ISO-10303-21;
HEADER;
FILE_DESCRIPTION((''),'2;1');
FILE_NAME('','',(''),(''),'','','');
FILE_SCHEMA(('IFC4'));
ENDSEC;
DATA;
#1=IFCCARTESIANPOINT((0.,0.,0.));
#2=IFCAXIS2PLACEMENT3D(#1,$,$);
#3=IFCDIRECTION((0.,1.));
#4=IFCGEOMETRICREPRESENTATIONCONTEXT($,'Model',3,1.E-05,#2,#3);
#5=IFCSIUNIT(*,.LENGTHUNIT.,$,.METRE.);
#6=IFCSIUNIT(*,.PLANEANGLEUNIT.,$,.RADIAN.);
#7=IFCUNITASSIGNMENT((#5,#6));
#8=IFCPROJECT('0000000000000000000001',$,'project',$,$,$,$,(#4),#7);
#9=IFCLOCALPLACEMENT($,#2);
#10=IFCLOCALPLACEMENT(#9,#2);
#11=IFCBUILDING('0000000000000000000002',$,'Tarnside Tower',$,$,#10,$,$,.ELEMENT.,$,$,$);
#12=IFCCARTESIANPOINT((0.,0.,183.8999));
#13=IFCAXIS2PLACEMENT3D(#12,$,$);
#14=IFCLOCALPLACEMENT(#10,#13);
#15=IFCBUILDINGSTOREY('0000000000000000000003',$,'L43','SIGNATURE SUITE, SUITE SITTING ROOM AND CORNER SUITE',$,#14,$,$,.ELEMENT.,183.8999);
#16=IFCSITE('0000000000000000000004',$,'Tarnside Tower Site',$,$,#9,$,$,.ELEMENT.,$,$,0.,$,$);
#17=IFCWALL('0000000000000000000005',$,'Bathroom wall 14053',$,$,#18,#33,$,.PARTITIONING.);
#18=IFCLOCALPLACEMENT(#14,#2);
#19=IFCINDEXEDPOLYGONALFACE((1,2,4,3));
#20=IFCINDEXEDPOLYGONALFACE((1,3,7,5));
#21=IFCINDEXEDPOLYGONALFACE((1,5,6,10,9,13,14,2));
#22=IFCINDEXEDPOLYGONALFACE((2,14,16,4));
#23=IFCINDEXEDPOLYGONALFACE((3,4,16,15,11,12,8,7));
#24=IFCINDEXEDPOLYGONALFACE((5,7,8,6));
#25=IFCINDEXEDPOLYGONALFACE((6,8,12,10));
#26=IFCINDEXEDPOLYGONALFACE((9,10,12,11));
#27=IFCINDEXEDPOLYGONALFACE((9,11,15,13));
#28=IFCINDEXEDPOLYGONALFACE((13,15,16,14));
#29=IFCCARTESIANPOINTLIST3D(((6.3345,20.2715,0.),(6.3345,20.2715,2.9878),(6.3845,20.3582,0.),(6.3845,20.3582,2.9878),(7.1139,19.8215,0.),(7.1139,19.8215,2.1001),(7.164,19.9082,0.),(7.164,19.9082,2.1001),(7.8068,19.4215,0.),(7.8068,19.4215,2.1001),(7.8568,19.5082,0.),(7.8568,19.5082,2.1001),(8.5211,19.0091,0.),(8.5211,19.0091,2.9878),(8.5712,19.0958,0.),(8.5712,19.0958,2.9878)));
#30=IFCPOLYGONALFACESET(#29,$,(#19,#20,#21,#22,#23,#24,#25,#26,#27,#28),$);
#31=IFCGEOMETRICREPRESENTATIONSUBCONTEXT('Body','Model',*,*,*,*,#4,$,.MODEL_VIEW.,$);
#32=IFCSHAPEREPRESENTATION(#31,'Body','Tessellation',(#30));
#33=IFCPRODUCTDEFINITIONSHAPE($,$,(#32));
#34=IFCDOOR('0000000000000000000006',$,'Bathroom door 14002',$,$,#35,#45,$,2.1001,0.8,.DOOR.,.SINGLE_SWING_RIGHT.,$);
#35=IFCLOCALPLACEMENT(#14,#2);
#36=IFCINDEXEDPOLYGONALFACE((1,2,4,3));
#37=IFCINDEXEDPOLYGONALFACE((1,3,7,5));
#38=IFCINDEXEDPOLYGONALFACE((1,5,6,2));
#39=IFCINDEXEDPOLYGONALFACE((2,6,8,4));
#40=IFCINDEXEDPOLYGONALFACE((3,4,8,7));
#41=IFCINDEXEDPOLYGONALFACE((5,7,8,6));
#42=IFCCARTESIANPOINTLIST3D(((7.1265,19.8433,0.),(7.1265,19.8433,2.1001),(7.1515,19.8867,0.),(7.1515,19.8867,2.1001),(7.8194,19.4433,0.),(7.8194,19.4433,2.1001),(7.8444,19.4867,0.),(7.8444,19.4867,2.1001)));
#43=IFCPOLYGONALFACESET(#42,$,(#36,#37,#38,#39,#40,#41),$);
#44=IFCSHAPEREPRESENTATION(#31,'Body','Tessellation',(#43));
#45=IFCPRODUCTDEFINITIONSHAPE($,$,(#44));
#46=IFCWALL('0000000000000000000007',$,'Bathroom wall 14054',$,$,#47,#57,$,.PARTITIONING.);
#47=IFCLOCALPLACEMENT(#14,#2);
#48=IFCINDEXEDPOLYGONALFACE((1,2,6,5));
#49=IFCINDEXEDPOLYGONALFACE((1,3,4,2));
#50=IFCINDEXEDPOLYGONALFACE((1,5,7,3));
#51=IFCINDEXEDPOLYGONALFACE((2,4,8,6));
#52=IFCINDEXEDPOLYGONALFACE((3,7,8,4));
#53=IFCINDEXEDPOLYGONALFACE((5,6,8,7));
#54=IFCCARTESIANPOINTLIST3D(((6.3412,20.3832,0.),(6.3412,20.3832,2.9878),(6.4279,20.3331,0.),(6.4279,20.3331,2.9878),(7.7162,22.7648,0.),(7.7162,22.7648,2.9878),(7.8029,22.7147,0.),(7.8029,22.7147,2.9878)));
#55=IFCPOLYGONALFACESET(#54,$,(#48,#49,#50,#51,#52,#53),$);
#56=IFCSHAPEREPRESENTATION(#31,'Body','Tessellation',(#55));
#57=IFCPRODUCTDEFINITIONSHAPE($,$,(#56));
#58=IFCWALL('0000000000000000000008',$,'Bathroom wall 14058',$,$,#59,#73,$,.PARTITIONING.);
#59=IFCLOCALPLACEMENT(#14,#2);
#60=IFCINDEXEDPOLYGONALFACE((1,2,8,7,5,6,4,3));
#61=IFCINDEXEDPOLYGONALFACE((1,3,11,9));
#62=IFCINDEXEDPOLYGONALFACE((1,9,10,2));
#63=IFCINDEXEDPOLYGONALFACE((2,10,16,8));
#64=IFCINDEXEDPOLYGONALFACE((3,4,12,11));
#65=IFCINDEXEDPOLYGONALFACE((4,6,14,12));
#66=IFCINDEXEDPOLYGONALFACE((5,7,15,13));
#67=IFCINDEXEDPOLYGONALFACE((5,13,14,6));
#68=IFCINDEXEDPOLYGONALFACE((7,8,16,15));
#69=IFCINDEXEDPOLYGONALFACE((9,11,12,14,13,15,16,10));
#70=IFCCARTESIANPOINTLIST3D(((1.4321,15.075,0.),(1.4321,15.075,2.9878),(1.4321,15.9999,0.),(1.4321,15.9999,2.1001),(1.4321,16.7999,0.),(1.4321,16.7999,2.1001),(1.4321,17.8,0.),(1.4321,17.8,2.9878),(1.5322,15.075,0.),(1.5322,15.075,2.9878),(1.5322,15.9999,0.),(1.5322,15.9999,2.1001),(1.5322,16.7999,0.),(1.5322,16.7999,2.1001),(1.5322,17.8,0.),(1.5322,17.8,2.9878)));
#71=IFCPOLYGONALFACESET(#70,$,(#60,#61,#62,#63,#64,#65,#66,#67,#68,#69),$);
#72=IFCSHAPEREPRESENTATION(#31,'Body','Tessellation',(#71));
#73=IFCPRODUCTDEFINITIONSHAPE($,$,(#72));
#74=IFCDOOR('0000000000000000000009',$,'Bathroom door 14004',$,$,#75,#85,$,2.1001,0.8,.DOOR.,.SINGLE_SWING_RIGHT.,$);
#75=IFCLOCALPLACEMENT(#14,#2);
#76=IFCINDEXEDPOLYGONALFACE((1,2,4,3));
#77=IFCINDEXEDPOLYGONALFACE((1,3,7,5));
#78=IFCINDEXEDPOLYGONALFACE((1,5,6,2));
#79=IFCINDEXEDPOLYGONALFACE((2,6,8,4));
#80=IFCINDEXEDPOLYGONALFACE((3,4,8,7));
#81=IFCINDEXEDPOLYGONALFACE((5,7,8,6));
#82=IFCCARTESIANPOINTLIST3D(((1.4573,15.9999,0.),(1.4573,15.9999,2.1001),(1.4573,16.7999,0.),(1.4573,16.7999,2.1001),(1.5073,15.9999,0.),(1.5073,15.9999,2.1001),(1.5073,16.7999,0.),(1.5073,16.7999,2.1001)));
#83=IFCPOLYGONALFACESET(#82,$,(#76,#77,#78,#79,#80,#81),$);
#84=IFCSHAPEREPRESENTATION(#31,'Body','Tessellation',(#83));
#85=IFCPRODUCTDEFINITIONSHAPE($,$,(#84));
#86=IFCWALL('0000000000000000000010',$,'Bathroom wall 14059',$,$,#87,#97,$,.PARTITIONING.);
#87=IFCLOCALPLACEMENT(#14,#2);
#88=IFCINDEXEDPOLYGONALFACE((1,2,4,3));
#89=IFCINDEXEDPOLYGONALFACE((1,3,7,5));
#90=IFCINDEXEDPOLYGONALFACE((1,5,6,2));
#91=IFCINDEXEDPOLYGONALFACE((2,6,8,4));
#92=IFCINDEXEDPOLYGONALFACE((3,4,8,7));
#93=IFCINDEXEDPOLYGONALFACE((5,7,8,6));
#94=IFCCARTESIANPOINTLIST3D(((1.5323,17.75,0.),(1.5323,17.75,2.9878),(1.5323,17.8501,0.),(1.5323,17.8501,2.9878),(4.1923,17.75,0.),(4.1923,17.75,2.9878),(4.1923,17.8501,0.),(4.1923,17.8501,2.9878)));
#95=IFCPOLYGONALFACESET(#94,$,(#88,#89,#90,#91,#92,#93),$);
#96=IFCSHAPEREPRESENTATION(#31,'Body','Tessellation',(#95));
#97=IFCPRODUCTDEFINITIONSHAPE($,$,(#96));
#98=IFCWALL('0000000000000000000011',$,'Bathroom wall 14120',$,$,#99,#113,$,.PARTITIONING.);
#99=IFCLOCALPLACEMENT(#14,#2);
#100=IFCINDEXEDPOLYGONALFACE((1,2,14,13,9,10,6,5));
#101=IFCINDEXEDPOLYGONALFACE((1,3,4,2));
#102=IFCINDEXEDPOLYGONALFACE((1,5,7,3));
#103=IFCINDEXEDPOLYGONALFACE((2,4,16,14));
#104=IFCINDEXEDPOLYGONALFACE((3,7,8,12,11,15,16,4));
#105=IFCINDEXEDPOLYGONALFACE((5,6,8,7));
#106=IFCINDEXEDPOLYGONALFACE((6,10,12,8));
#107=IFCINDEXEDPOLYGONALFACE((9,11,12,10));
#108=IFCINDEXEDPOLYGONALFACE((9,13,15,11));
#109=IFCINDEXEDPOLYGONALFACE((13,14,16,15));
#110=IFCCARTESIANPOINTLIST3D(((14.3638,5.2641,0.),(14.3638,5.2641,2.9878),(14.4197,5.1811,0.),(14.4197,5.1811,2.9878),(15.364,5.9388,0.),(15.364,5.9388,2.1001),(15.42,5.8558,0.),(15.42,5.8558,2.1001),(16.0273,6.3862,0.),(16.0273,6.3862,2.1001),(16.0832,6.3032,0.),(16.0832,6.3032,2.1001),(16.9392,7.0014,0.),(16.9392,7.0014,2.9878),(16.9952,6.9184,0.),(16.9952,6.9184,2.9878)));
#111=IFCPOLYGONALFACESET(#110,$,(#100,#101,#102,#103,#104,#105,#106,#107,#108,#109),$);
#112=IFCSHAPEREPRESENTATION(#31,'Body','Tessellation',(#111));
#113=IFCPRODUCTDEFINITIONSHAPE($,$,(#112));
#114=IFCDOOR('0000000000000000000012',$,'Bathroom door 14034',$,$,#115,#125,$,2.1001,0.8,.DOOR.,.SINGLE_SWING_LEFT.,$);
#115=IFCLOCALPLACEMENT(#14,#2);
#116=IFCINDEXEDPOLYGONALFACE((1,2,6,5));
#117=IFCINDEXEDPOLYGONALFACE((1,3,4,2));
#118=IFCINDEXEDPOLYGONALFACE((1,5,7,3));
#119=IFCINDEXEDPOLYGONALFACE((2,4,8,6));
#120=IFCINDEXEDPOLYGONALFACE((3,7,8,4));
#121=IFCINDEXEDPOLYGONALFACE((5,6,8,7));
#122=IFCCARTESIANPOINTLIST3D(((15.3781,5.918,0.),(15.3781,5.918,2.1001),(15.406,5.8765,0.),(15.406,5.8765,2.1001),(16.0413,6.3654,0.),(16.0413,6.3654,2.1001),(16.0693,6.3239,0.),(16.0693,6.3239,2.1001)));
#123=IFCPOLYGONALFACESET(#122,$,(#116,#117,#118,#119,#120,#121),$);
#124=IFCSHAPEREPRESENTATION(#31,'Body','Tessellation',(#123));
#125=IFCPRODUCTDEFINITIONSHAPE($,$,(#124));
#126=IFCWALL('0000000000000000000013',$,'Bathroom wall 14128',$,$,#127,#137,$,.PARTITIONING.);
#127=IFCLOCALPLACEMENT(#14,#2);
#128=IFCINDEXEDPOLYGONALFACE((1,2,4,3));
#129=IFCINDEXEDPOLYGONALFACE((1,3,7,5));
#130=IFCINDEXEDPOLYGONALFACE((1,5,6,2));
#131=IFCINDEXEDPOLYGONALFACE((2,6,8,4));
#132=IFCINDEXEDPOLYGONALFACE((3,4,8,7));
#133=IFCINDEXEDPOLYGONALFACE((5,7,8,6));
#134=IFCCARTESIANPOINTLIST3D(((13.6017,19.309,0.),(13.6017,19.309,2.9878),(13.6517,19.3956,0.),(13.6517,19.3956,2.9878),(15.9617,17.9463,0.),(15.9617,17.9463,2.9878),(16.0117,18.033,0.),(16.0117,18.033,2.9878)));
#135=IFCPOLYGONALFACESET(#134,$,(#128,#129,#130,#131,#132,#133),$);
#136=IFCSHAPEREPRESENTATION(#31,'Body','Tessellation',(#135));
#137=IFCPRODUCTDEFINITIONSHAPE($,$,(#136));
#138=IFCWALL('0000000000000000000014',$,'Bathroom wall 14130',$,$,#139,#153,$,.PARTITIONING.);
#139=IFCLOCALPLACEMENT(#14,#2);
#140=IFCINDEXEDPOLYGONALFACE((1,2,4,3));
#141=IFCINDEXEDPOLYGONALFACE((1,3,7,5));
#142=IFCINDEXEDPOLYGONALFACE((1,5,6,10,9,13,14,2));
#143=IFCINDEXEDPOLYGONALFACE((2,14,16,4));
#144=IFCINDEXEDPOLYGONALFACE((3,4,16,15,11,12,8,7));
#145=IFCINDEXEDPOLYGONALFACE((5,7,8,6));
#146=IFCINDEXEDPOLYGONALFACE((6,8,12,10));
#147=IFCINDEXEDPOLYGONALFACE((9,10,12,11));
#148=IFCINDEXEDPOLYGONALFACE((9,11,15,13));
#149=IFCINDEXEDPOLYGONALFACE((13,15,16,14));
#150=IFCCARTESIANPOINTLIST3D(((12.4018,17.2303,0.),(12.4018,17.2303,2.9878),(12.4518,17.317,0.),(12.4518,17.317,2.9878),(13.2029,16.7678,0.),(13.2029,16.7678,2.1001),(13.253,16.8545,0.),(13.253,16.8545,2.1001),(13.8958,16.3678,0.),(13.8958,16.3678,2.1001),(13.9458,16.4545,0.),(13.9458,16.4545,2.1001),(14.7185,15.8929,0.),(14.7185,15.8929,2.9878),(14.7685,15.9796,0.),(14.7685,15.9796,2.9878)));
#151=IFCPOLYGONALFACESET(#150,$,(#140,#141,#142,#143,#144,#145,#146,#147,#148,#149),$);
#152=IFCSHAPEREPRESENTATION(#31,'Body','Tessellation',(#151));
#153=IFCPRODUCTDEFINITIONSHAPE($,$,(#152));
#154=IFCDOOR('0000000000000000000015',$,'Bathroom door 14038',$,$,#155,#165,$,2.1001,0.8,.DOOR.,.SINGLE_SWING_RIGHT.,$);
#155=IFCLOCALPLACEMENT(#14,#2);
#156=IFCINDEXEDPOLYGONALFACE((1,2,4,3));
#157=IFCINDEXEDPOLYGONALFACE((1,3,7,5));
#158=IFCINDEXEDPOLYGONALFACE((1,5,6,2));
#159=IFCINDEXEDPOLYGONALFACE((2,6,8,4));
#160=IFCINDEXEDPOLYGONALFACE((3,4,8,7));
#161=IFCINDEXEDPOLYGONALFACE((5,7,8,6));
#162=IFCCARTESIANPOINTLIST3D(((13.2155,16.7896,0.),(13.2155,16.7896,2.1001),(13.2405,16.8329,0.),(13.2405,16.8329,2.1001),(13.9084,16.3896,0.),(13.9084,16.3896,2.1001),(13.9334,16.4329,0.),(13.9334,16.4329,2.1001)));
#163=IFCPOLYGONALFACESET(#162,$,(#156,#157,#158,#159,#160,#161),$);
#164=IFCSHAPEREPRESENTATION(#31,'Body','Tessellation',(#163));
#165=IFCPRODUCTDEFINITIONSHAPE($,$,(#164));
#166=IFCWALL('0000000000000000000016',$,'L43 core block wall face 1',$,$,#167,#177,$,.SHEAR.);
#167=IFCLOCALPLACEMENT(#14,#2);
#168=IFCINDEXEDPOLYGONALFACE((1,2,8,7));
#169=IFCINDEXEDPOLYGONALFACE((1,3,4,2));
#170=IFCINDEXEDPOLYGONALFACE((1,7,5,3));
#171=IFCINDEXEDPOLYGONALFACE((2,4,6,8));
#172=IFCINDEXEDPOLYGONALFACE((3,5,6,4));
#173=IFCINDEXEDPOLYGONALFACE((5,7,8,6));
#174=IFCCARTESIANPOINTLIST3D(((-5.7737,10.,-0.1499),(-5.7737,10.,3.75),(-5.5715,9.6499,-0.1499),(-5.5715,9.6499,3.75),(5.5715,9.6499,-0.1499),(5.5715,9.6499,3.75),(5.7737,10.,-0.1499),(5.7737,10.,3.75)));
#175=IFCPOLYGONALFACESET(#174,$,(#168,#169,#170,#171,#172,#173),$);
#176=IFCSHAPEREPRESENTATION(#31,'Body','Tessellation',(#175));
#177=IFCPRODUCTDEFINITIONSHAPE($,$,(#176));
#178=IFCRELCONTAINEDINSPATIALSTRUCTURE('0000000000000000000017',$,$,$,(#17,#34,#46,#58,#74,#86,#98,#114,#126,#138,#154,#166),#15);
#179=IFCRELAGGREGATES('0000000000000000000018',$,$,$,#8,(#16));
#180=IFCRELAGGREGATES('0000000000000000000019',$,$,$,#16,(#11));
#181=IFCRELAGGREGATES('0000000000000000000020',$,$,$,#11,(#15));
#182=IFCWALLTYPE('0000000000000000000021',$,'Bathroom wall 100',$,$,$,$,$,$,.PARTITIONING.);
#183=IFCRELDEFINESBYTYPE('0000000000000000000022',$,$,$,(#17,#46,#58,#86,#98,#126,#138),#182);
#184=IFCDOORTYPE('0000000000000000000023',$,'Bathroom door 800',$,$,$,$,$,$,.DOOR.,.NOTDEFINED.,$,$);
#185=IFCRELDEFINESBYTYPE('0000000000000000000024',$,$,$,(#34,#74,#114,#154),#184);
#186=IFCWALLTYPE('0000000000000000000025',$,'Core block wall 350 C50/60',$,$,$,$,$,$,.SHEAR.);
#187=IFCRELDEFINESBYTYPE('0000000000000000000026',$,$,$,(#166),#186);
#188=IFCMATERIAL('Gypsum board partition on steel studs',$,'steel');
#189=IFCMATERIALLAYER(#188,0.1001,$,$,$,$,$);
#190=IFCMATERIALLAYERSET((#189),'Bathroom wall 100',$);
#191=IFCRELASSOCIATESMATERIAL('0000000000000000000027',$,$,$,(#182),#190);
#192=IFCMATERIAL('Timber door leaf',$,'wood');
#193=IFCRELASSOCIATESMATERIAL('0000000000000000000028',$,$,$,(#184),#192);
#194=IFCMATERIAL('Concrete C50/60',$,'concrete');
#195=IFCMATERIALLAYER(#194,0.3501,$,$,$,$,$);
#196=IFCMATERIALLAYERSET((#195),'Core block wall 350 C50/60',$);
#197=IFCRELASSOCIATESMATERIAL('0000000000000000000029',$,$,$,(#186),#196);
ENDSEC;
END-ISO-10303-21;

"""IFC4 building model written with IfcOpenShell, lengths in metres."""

from ifc_helpers import new_model, si_unit, direction, frame, frame_2d, origin, place, context, subcontext, project, spatial, polyline, rectangle, outline, extrude, material, layer, layer_set, type_object, element, fill, save


model = new_model("IFC4")

# Units and contexts
model_context = context("Model", 3, precision=1e-05, world=origin(), true_north=direction((0.0, 1.0)))
body_context = subcontext(model_context, "Body", "Model", "MODEL_VIEW")
ifc_project = project(units=[si_unit("LENGTHUNIT", "METRE"), si_unit("PLANEANGLEUNIT", "RADIAN")], contexts=[model_context])

# Site, building, storey
site_placement = place(None, origin())
site = spatial("IfcSite", under=ifc_project, at=site_placement, Name="Tarnside Tower Site", CompositionType="ELEMENT", RefElevation=0.0)
building_placement = place(site_placement, origin())
building = spatial("IfcBuilding", under=site, at=building_placement, Name="Tarnside Tower", CompositionType="ELEMENT")
storey_placement = place(building_placement, frame((0.0, 0.0, 183.8999)))
storey = spatial("IfcBuildingStorey", under=building, at=storey_placement, Name="L43", Description="SIGNATURE SUITE, SUITE SITTING ROOM AND CORNER SUITE", CompositionType="ELEMENT", Elevation=183.8999)

# Wall, opening, door
ifc_material_1 = material(Name="Gypsum board partition on steel studs", Category="steel")
ifc_layer_1 = layer(ifc_material_1, 0.1001)
ifc_layer_set_1 = layer_set([ifc_layer_1], Name="Bathroom wall 100")
wall_type_1 = type_object("IfcWallType", Name="Bathroom wall 100", PredefinedType="PARTITIONING", material=ifc_layer_set_1)
wall_1_placement = place(storey_placement, frame((8.5461, 19.0525, 0.0), z_axis=(0.0, 0.0, 1.0), x_axis=(-0.866039, 0.499976, 0.0)))
wall_1 = element("IfcWall", 1, at=wall_1_placement, inside=storey, type_object=wall_type_1, Name="Bathroom wall 14053", PredefinedType="PARTITIONING", context=body_context, shape_type="SweptSolid", body=[
    extrude(rectangle(XDim=2.5249, YDim=0.1001, at=frame_2d((1.2625, 0.0))), origin(), (0.0, 0.0, 1.0), 2.9878),
])
opening_1_placement = place(wall_1_placement, frame((0.825, 0.0, 0.0)))
opening_1 = element("IfcOpeningElement", 2, at=opening_1_placement, cuts=wall_1, PredefinedType="OPENING", context=body_context, shape_type="SweptSolid", body=[
    extrude(rectangle(XDim=0.8, YDim=2.1001, at=frame_2d((0.3999, 1.05))), frame((0.0, 0.0601, 0.0), z_axis=(0.0, -1.0, 0.0), x_axis=(1.0, 0.0, 0.0)), (0.0, 0.0, 1.0), 0.1201),
])
ifc_material_2 = material(Name="Timber door leaf", Category="wood")
door_type_1 = type_object("IfcDoorType", Name="Bathroom door 800", OperationType="NOTDEFINED", PredefinedType="DOOR", material=ifc_material_2)
door_1_placement = place(opening_1_placement, origin())
door_1 = element("IfcDoor", 3, at=door_1_placement, inside=storey, type_object=door_type_1, Name="Bathroom door 14002", OperationType="SINGLE_SWING_RIGHT", OverallHeight=2.1001, OverallWidth=0.8, PredefinedType="DOOR", context=body_context, shape_type="SweptSolid", body=[
    extrude(rectangle(XDim=0.8, YDim=2.1001, at=frame_2d((0.3999, 1.05))), frame((0.0, 0.0249, 0.0), z_axis=(0.0, -1.0, 0.0), x_axis=(1.0, 0.0, 0.0)), (0.0, 0.0, 1.0), 0.05),
])
fill(opening_1, door_1)

# Wall
wall_2_placement = place(storey_placement, frame((6.3845, 20.3582, 0.0), z_axis=(0.0, 0.0, 1.0), x_axis=(0.499997, 0.866027, 0.0)))
element("IfcWall", 4, at=wall_2_placement, inside=storey, type_object=wall_type_1, Name="Bathroom wall 14054", PredefinedType="PARTITIONING", context=body_context, shape_type="SweptSolid", body=[
    extrude(rectangle(XDim=2.75, YDim=0.1001, at=frame_2d((1.375, 0.0))), origin(), (0.0, 0.0, 1.0), 2.9878),
])

# Wall, opening, door
wall_3_placement = place(storey_placement, frame((1.4822, 15.075, 0.0), z_axis=(0.0, 0.0, 1.0), x_axis=(0.0, 1.0, 0.0)))
wall_3 = element("IfcWall", 5, at=wall_3_placement, inside=storey, type_object=wall_type_1, Name="Bathroom wall 14058", PredefinedType="PARTITIONING", context=body_context, shape_type="SweptSolid", body=[
    extrude(rectangle(XDim=2.7251, YDim=0.1001, at=frame_2d((1.3625, 0.0))), origin(), (0.0, 0.0, 1.0), 2.9878),
])
opening_2_placement = place(wall_3_placement, frame((0.925, 0.0, 0.0)))
opening_2 = element("IfcOpeningElement", 6, at=opening_2_placement, cuts=wall_3, PredefinedType="OPENING", context=body_context, shape_type="SweptSolid", body=[
    extrude(rectangle(XDim=0.8, YDim=2.1001, at=frame_2d((0.3999, 1.05))), frame((0.0, 0.0601, 0.0), z_axis=(0.0, -1.0, 0.0), x_axis=(1.0, 0.0, 0.0)), (0.0, 0.0, 1.0), 0.1201),
])
door_2_placement = place(opening_2_placement, origin())
door_2 = element("IfcDoor", 7, at=door_2_placement, inside=storey, type_object=door_type_1, Name="Bathroom door 14004", OperationType="SINGLE_SWING_RIGHT", OverallHeight=2.1001, OverallWidth=0.8, PredefinedType="DOOR", context=body_context, shape_type="SweptSolid", body=[
    extrude(rectangle(XDim=0.8, YDim=2.1001, at=frame_2d((0.3999, 1.05))), frame((0.0, 0.0249, 0.0), z_axis=(0.0, -1.0, 0.0), x_axis=(1.0, 0.0, 0.0)), (0.0, 0.0, 1.0), 0.05),
])
fill(opening_2, door_2)

# Wall
wall_4_placement = place(storey_placement, frame((1.5322, 17.8, 0.0), z_axis=(0.0, 0.0, 1.0), x_axis=(1.0, 0.0, 0.0)))
element("IfcWall", 8, at=wall_4_placement, inside=storey, type_object=wall_type_1, Name="Bathroom wall 14059", PredefinedType="PARTITIONING", context=body_context, shape_type="SweptSolid", body=[
    extrude(rectangle(XDim=2.6599, YDim=0.1001, at=frame_2d((1.3301, 0.0))), origin(), (0.0, 0.0, 1.0), 2.9878),
])

# Wall, opening, door
wall_5_placement = place(storey_placement, frame((14.3918, 5.2227, 0.0), z_axis=(0.0, 0.0, 1.0), x_axis=(0.829015, 0.559226, 0.0)))
wall_5 = element("IfcWall", 9, at=wall_5_placement, inside=storey, type_object=wall_type_1, Name="Bathroom wall 14120", PredefinedType="PARTITIONING", context=body_context, shape_type="SweptSolid", body=[
    extrude(rectangle(XDim=3.1067, YDim=0.1001, at=frame_2d((1.5532, 0.0))), origin(), (0.0, 0.0, 1.0), 2.9878),
])
opening_3_placement = place(wall_5_placement, frame((1.2065, 0.0, 0.0)))
opening_3 = element("IfcOpeningElement", 10, at=opening_3_placement, cuts=wall_5, PredefinedType="OPENING", context=body_context, shape_type="SweptSolid", body=[
    extrude(rectangle(XDim=0.8, YDim=2.1001, at=frame_2d((0.3999, 1.05))), frame((0.0, 0.0601, 0.0), z_axis=(0.0, -1.0, 0.0), x_axis=(1.0, 0.0, 0.0)), (0.0, 0.0, 1.0), 0.1201),
])
door_3_placement = place(opening_3_placement, origin())
door_3 = element("IfcDoor", 11, at=door_3_placement, inside=storey, type_object=door_type_1, Name="Bathroom door 14034", OperationType="SINGLE_SWING_LEFT", OverallHeight=2.1001, OverallWidth=0.8, PredefinedType="DOOR", context=body_context, shape_type="SweptSolid", body=[
    extrude(rectangle(XDim=0.8, YDim=2.1001, at=frame_2d((0.3999, 1.05))), frame((0.0, 0.0249, 0.0), z_axis=(0.0, -1.0, 0.0), x_axis=(1.0, 0.0, 0.0)), (0.0, 0.0, 1.0), 0.05),
])
fill(opening_3, door_3)

# Wall
wall_6_placement = place(storey_placement, frame((13.6267, 19.3523, 0.0), z_axis=(0.0, 0.0, 1.0), x_axis=(0.866013, -0.500022, 0.0)))
element("IfcWall", 12, at=wall_6_placement, inside=storey, type_object=wall_type_1, Name="Bathroom wall 14128", PredefinedType="PARTITIONING", context=body_context, shape_type="SweptSolid", body=[
    extrude(rectangle(XDim=2.7251, YDim=0.1001, at=frame_2d((1.3625, 0.0))), origin(), (0.0, 0.0, 1.0), 2.9878),
])

# Wall, opening, door
wall_7_placement = place(storey_placement, frame((14.7434, 15.9363, 0.0), z_axis=(0.0, 0.0, 1.0), x_axis=(-0.866044, 0.499967, 0.0)))
wall_7 = element("IfcWall", 13, at=wall_7_placement, inside=storey, type_object=wall_type_1, Name="Bathroom wall 14130", PredefinedType="PARTITIONING", context=body_context, shape_type="SweptSolid", body=[
    extrude(rectangle(XDim=2.675, YDim=0.1001, at=frame_2d((1.3374, 0.0))), origin(), (0.0, 0.0, 1.0), 2.9878),
])
opening_4_placement = place(wall_7_placement, frame((0.95, 0.0, 0.0)))
opening_4 = element("IfcOpeningElement", 14, at=opening_4_placement, cuts=wall_7, PredefinedType="OPENING", context=body_context, shape_type="SweptSolid", body=[
    extrude(rectangle(XDim=0.8, YDim=2.1001, at=frame_2d((0.3999, 1.05))), frame((0.0, 0.0601, 0.0), z_axis=(0.0, -1.0, 0.0), x_axis=(1.0, 0.0, 0.0)), (0.0, 0.0, 1.0), 0.1201),
])
door_4_placement = place(opening_4_placement, origin())
door_4 = element("IfcDoor", 15, at=door_4_placement, inside=storey, type_object=door_type_1, Name="Bathroom door 14038", OperationType="SINGLE_SWING_RIGHT", OverallHeight=2.1001, OverallWidth=0.8, PredefinedType="DOOR", context=body_context, shape_type="SweptSolid", body=[
    extrude(rectangle(XDim=0.8, YDim=2.1001, at=frame_2d((0.3999, 1.05))), frame((0.0, 0.0249, 0.0), z_axis=(0.0, -1.0, 0.0), x_axis=(1.0, 0.0, 0.0)), (0.0, 0.0, 1.0), 0.05),
])
fill(opening_4, door_4)

# Wall
ifc_material_3 = material(Name="Concrete C50/60", Category="concrete")
ifc_layer_2 = layer(ifc_material_3, 0.3501)
ifc_layer_set_2 = layer_set([ifc_layer_2], Name="Core block wall 350 C50/60")
wall_type_2 = type_object("IfcWallType", Name="Core block wall 350 C50/60", PredefinedType="SHEAR", material=ifc_layer_set_2)
wall_8_placement = place(storey_placement, frame((5.6726, 9.825, -0.1499), z_axis=(0.0, 0.0, 1.0), x_axis=(-1.0, 0.0, 0.0)))
element("IfcWall", 16, at=wall_8_placement, inside=storey, type_object=wall_type_2, Name="L43 core block wall face 1", PredefinedType="SHEAR", context=body_context, shape_type="SweptSolid", body=[
    extrude(outline(polyline([(-0.1011, -0.175), (11.4463, -0.175), (11.2441, 0.175), (0.1011, 0.175), (-0.1011, -0.175)])), origin(), (0.0, 0.0, 1.0), 3.8999),
])

save(model, "model.ifc")
